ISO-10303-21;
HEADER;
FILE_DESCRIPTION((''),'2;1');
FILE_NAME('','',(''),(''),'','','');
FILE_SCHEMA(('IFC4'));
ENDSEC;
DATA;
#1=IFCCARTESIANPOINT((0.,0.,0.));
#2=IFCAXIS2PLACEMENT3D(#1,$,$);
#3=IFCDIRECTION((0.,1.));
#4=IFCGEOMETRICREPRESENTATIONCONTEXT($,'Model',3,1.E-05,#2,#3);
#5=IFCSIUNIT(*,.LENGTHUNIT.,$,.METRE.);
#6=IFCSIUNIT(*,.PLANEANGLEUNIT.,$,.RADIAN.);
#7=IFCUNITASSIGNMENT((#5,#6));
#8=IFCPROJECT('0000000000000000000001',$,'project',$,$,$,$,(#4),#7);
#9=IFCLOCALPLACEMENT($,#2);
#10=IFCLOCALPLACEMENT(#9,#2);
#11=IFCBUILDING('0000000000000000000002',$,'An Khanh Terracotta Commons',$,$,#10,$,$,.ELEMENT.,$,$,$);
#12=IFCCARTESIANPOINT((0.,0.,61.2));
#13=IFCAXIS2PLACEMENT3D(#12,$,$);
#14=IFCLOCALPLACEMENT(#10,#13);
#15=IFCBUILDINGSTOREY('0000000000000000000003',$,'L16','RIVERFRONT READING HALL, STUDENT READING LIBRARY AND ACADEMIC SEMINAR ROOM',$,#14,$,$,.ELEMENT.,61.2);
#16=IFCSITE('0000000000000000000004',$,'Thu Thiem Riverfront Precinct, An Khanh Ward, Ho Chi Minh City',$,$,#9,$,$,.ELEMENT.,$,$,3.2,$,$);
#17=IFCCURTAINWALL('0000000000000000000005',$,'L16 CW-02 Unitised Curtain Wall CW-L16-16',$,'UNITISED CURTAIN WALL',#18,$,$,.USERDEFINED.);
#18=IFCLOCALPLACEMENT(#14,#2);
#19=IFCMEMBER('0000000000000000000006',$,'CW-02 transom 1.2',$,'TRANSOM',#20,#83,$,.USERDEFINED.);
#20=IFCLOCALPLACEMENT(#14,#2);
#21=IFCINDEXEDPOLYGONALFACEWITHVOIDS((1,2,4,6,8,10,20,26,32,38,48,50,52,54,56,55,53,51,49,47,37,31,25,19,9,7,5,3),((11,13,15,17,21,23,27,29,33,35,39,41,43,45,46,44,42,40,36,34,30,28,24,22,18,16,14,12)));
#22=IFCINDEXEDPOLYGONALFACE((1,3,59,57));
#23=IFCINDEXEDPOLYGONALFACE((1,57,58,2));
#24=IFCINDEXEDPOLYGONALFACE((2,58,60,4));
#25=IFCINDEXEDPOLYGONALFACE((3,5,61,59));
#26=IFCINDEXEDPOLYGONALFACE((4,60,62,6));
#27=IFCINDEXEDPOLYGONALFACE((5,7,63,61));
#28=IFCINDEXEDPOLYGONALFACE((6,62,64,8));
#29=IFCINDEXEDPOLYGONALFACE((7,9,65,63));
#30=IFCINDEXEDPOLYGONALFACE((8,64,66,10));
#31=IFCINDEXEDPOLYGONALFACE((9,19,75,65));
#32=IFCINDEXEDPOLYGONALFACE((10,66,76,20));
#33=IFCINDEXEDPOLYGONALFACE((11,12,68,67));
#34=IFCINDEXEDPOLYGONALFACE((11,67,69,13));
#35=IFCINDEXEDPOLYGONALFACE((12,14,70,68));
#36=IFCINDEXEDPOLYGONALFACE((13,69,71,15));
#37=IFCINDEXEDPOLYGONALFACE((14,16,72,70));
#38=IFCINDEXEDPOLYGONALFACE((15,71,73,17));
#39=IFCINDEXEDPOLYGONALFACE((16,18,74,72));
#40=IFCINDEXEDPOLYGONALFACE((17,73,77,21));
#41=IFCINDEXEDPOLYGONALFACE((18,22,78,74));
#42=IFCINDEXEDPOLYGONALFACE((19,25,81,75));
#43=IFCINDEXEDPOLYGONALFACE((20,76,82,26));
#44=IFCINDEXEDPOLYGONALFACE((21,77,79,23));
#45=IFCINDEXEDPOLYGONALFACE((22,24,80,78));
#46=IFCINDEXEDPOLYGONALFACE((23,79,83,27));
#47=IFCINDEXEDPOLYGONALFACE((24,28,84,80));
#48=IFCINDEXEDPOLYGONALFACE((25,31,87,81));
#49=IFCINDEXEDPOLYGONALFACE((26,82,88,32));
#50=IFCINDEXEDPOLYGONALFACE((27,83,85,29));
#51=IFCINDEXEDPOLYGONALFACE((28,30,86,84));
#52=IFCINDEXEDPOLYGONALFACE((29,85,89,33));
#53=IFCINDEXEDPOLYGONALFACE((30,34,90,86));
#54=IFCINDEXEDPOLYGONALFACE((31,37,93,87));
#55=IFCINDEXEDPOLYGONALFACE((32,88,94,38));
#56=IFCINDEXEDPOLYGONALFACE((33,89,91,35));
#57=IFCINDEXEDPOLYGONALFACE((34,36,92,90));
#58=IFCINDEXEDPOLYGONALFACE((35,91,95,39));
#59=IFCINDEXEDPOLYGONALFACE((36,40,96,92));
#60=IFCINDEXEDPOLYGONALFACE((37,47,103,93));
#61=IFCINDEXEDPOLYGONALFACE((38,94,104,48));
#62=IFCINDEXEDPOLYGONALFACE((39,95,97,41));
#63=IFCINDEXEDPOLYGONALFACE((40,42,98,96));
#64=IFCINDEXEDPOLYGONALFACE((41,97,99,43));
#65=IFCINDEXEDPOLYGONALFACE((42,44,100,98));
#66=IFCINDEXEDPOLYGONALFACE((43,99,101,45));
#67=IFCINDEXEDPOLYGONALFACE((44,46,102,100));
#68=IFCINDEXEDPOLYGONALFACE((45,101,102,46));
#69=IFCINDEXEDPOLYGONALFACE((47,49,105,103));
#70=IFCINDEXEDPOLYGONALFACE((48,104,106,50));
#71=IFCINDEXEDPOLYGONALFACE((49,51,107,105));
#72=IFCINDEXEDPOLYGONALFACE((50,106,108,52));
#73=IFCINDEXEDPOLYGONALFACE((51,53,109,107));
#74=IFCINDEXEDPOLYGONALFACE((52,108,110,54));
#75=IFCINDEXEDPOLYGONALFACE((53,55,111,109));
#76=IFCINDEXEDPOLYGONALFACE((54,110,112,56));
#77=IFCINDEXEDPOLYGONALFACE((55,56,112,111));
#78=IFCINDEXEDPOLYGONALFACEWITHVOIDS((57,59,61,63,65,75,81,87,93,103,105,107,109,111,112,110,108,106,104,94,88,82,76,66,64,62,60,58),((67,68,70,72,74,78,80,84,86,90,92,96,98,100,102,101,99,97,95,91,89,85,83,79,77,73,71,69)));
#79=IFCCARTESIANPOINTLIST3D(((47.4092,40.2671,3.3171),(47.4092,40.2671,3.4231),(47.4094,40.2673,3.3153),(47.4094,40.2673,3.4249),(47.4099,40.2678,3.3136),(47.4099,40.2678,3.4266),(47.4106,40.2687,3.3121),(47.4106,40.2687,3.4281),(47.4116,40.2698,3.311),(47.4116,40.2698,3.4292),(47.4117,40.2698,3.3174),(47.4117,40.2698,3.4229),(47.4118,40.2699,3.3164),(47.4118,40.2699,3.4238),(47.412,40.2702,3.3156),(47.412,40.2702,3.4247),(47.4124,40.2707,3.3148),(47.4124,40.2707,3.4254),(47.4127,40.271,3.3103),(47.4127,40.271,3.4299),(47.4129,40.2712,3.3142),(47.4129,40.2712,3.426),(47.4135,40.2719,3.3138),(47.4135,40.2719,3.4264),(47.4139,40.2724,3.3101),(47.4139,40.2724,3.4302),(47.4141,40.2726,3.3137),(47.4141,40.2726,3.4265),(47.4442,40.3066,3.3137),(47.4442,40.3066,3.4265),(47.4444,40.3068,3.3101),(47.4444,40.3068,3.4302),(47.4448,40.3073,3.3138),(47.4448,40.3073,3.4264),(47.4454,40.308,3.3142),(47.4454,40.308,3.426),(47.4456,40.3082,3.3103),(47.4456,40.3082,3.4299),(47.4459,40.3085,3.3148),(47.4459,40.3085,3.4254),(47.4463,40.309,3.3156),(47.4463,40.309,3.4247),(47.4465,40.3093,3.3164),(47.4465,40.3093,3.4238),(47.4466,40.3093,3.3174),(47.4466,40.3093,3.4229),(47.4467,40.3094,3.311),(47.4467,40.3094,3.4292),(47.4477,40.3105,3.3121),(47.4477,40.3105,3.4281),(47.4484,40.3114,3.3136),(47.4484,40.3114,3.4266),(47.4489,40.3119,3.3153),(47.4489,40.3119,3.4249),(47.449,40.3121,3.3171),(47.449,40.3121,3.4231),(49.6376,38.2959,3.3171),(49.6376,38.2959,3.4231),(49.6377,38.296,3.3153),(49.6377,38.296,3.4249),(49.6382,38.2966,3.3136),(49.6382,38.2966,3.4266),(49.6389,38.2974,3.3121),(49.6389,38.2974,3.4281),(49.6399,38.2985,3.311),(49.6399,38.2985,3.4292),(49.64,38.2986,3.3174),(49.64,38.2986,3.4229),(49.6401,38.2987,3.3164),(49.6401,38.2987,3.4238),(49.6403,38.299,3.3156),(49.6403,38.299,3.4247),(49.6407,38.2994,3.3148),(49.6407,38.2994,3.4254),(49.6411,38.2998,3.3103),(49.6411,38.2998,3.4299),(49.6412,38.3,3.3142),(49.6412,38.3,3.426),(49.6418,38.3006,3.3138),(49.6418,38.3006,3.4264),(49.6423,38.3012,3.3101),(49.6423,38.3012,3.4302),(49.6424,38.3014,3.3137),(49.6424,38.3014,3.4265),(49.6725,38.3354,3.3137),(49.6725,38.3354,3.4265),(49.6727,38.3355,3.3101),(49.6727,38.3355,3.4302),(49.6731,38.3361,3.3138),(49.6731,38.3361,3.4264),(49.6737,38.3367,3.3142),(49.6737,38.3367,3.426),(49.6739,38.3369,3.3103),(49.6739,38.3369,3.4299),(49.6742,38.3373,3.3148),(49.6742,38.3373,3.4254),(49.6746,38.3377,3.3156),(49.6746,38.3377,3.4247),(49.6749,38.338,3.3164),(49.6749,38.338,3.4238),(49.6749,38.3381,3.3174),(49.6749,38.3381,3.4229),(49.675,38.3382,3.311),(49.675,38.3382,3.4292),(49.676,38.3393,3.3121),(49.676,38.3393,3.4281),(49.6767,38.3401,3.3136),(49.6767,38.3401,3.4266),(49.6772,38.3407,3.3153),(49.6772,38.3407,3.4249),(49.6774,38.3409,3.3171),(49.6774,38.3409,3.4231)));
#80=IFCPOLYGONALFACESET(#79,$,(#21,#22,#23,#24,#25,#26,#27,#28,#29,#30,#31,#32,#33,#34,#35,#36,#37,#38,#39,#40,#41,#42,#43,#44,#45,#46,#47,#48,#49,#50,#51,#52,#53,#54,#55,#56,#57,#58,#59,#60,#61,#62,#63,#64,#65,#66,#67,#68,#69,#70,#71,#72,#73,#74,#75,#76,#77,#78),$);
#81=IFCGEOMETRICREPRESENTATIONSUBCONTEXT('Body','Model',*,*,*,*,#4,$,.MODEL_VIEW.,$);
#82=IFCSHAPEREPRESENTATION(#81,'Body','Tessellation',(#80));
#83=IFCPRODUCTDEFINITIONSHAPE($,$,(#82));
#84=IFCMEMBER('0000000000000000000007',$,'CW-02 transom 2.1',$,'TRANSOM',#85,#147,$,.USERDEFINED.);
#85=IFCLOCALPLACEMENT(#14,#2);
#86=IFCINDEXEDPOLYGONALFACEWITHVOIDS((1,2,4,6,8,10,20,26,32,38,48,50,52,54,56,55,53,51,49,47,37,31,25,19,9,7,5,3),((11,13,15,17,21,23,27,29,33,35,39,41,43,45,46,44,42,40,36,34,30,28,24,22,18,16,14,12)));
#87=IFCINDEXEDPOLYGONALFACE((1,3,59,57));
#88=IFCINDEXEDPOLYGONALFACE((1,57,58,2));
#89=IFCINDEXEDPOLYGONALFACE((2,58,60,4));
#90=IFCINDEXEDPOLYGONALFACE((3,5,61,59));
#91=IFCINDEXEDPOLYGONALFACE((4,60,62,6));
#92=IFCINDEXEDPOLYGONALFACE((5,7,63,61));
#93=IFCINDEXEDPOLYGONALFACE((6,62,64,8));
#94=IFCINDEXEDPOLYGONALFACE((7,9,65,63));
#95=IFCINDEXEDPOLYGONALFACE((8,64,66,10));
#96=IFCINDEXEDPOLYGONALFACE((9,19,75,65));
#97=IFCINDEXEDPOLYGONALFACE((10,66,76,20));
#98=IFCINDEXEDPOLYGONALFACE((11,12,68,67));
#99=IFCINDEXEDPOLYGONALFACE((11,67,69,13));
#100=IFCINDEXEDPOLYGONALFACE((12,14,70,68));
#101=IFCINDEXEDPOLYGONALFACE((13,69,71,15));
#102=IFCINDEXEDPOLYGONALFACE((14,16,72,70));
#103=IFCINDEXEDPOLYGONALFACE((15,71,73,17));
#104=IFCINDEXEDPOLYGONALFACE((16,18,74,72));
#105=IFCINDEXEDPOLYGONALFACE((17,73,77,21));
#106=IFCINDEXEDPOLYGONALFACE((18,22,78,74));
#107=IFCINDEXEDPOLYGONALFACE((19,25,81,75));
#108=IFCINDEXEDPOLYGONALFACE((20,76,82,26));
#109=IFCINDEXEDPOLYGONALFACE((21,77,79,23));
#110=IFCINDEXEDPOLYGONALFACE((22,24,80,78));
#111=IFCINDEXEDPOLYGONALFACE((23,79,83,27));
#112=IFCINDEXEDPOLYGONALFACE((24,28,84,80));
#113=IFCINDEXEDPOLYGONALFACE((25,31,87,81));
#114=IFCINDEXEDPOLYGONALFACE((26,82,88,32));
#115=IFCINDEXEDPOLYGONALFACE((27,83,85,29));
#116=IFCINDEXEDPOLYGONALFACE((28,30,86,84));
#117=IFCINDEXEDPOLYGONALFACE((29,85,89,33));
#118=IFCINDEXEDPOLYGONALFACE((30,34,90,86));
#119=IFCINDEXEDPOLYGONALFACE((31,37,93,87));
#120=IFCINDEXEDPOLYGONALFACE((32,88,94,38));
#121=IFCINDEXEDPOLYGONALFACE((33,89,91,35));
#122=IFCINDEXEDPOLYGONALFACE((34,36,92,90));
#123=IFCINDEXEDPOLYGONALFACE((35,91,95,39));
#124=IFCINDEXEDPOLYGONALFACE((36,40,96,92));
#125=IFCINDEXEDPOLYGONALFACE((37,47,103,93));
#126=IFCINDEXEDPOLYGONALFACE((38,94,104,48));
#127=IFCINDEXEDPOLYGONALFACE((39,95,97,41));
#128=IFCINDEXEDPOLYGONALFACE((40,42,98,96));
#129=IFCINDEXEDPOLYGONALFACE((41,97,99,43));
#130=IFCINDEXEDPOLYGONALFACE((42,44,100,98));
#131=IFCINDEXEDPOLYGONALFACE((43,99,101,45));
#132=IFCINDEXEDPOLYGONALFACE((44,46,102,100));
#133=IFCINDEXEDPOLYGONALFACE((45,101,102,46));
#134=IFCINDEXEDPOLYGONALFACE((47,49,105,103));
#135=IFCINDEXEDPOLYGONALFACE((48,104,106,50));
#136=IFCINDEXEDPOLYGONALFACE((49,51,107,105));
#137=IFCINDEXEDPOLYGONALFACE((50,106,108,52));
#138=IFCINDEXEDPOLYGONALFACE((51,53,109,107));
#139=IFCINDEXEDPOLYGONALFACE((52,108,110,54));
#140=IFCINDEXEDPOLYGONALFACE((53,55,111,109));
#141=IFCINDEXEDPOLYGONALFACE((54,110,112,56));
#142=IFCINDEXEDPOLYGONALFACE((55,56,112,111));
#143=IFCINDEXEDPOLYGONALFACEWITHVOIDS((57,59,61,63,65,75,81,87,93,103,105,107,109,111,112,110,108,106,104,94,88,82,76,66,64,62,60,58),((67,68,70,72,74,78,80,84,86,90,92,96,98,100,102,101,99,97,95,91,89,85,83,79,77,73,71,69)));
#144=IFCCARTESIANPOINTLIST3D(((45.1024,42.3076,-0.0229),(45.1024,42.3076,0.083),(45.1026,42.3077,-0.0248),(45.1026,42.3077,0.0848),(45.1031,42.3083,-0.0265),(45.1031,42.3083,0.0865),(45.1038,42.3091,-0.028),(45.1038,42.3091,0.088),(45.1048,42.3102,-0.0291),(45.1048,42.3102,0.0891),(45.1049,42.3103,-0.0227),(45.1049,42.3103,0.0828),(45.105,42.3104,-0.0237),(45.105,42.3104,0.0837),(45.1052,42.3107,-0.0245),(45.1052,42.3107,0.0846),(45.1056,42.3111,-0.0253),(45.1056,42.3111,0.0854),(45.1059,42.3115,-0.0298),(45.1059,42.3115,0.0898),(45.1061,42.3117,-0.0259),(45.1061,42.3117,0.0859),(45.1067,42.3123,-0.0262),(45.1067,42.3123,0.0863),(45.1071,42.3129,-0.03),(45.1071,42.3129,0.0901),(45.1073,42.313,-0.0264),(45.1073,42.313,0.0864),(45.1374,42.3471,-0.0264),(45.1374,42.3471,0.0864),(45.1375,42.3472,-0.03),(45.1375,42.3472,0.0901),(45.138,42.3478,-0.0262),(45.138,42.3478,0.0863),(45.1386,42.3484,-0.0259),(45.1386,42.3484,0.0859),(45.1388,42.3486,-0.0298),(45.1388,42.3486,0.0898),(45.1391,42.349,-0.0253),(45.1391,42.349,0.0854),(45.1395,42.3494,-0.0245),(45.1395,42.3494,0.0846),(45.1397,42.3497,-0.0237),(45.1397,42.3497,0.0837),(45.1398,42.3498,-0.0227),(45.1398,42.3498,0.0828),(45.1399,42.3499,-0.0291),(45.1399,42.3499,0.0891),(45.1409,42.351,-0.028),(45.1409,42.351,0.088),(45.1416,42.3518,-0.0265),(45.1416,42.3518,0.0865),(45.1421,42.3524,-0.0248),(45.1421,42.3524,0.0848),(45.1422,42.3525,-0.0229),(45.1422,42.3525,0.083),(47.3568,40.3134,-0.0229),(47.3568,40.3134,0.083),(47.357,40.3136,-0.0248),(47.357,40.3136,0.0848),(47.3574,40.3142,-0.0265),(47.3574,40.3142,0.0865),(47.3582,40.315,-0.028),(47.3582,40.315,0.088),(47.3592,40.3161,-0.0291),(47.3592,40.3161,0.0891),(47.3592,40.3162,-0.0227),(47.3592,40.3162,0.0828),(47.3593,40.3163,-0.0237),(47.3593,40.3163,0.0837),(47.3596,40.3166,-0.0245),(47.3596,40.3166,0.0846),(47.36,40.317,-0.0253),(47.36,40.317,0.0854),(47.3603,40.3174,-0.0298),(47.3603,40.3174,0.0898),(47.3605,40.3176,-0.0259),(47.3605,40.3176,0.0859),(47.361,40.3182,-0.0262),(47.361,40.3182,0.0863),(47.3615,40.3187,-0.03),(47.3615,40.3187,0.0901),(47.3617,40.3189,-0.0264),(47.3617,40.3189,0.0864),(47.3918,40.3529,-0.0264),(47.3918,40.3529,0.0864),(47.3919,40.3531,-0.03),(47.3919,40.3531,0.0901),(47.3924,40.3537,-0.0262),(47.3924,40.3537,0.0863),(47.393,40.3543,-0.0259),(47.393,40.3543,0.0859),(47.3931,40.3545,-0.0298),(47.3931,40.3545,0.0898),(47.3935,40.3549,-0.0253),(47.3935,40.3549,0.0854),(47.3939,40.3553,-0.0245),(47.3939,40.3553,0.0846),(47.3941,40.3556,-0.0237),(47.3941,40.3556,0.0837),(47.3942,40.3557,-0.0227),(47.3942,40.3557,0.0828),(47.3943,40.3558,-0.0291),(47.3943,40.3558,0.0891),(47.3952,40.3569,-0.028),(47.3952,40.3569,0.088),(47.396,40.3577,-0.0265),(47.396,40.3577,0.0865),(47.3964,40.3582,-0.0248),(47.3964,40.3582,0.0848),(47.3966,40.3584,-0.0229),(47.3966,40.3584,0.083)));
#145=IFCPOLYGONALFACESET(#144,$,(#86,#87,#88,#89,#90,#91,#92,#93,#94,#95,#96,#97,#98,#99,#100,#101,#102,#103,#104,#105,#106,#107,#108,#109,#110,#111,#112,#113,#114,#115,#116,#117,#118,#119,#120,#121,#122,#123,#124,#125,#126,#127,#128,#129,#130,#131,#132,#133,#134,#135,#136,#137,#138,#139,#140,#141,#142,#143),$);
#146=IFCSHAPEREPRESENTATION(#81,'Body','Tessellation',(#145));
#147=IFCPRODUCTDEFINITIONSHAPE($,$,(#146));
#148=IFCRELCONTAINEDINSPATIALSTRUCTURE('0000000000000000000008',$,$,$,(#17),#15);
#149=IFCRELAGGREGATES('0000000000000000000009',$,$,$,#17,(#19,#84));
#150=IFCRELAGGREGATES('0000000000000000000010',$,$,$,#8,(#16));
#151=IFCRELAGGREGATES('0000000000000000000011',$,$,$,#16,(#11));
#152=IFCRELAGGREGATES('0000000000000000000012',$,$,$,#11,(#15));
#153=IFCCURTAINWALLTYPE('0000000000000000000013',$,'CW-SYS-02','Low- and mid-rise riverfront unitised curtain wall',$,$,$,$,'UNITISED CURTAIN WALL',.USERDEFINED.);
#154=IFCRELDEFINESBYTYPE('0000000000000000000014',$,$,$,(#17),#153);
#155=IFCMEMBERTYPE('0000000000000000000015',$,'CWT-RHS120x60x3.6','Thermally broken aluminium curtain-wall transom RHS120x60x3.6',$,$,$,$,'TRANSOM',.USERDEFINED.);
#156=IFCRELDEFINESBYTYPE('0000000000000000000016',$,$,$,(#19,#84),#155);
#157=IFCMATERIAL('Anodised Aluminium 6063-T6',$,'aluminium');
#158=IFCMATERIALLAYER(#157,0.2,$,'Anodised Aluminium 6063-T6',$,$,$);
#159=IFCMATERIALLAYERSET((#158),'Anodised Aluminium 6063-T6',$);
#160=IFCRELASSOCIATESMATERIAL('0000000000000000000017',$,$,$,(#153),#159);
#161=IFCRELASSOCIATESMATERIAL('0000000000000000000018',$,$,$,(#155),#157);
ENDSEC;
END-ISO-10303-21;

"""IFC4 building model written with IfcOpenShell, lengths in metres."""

from ifc_helpers import new_model, si_unit, direction, frame, origin, origin_2d, place, context, subcontext, project, spatial, hollow_rectangle, extrude, material, layer, layer_set, material_profile, profile_set, type_object, element, aggregate, save


model = new_model("IFC4")

# Units and contexts
model_context = context("Model", 3, precision=1e-05, world=origin(), true_north=direction((0.0, 1.0)))
body_context = subcontext(model_context, "Body", "Model", "MODEL_VIEW")
ifc_project = project(units=[si_unit("LENGTHUNIT", "METRE"), si_unit("PLANEANGLEUNIT", "RADIAN")], contexts=[model_context])

# Site, building, storey
site_placement = place(None, origin())
site = spatial("IfcSite", under=ifc_project, at=site_placement, Name="Thu Thiem Riverfront Precinct, An Khanh Ward, Ho Chi Minh City", CompositionType="ELEMENT", RefElevation=3.2)
building_placement = place(site_placement, origin())
building = spatial("IfcBuilding", under=site, at=building_placement, Name="An Khanh Terracotta Commons", CompositionType="ELEMENT")
storey_placement = place(building_placement, frame((0.0, 0.0, 61.2)))
storey = spatial("IfcBuildingStorey", under=building, at=storey_placement, Name="L16", Description="RIVERFRONT READING HALL, STUDENT READING LIBRARY AND ACADEMIC SEMINAR ROOM", CompositionType="ELEMENT", Elevation=61.2)

# Shared definitions
ifc_material_1 = material(Name="Anodised Aluminium 6063-T6", Category="aluminium")
ifc_layer_1 = layer(ifc_material_1, 0.2, Name="Anodised Aluminium 6063-T6")
ifc_layer_set_1 = layer_set([ifc_layer_1], Name="Anodised Aluminium 6063-T6")
curtain_wall_type = type_object("IfcCurtainWallType", Name="CW-SYS-02", Description="Low- and mid-rise riverfront unitised curtain wall", ElementType="UNITISED CURTAIN WALL", PredefinedType="USERDEFINED", material=ifc_layer_set_1)

# Curtain wall, members
curtain_wall_1_placement = place(storey_placement, origin())
curtain_wall_1 = element("IfcCurtainWall", 1, at=curtain_wall_1_placement, inside=storey, type_object=curtain_wall_type, Name="L16 CW-02 Unitised Curtain Wall CW-L16-16", ObjectType="UNITISED CURTAIN WALL", PredefinedType="USERDEFINED")
ifc_material_profile_1 = material_profile(ifc_material_1, hollow_rectangle(XDim=0.0601, YDim=0.1201, WallThickness=0.0037, InnerFilletRadius=0.0037, OuterFilletRadius=0.0071, at=origin_2d()), Name="RHS120x60x3.6")
ifc_profile_set_1 = profile_set([ifc_material_profile_1], Name="Anodised Aluminium 6063-T6")
member_type_1 = type_object("IfcMemberType", Name="CWT-RHS120x60x3.6", Description="Thermally broken aluminium curtain-wall transom RHS120x60x3.6", ElementType="TRANSOM", PredefinedType="USERDEFINED", material=ifc_profile_set_1)
member_1_placement = place(storey_placement, frame((49.6575, 38.3184, 3.3701), z_axis=(-0.748992, 0.662579, 0.0), x_axis=(-0.662579, -0.748992, 0.0)))
member_1 = element("IfcMember", 2, at=member_1_placement, type_object=member_type_1, Name="CW-02 transom 1.2", ObjectType="TRANSOM", PredefinedType="USERDEFINED", context=body_context, shape_type="SweptSolid", body=[
    extrude(hollow_rectangle(XDim=0.0601, YDim=0.1201, WallThickness=0.0037, InnerFilletRadius=0.0037, OuterFilletRadius=0.0071, at=origin_2d()), origin(), (0.0, 0.0, 1.0), 2.9751),
])
member_2_placement = place(storey_placement, frame((47.3767, 40.3359, 0.03), z_axis=(-0.749018, 0.662549, 0.0), x_axis=(-0.662549, -0.749018, 0.0)))
member_2 = element("IfcMember", 3, at=member_2_placement, type_object=member_type_1, Name="CW-02 transom 2.1", ObjectType="TRANSOM", PredefinedType="USERDEFINED", context=body_context, shape_type="SweptSolid", body=[
    extrude(hollow_rectangle(XDim=0.0601, YDim=0.1201, WallThickness=0.0037, InnerFilletRadius=0.0037, OuterFilletRadius=0.0071, at=origin_2d()), origin(), (0.0, 0.0, 1.0), 3.0098),
])
aggregate(curtain_wall_1, [member_1, member_2])

save(model, "model.ifc")
